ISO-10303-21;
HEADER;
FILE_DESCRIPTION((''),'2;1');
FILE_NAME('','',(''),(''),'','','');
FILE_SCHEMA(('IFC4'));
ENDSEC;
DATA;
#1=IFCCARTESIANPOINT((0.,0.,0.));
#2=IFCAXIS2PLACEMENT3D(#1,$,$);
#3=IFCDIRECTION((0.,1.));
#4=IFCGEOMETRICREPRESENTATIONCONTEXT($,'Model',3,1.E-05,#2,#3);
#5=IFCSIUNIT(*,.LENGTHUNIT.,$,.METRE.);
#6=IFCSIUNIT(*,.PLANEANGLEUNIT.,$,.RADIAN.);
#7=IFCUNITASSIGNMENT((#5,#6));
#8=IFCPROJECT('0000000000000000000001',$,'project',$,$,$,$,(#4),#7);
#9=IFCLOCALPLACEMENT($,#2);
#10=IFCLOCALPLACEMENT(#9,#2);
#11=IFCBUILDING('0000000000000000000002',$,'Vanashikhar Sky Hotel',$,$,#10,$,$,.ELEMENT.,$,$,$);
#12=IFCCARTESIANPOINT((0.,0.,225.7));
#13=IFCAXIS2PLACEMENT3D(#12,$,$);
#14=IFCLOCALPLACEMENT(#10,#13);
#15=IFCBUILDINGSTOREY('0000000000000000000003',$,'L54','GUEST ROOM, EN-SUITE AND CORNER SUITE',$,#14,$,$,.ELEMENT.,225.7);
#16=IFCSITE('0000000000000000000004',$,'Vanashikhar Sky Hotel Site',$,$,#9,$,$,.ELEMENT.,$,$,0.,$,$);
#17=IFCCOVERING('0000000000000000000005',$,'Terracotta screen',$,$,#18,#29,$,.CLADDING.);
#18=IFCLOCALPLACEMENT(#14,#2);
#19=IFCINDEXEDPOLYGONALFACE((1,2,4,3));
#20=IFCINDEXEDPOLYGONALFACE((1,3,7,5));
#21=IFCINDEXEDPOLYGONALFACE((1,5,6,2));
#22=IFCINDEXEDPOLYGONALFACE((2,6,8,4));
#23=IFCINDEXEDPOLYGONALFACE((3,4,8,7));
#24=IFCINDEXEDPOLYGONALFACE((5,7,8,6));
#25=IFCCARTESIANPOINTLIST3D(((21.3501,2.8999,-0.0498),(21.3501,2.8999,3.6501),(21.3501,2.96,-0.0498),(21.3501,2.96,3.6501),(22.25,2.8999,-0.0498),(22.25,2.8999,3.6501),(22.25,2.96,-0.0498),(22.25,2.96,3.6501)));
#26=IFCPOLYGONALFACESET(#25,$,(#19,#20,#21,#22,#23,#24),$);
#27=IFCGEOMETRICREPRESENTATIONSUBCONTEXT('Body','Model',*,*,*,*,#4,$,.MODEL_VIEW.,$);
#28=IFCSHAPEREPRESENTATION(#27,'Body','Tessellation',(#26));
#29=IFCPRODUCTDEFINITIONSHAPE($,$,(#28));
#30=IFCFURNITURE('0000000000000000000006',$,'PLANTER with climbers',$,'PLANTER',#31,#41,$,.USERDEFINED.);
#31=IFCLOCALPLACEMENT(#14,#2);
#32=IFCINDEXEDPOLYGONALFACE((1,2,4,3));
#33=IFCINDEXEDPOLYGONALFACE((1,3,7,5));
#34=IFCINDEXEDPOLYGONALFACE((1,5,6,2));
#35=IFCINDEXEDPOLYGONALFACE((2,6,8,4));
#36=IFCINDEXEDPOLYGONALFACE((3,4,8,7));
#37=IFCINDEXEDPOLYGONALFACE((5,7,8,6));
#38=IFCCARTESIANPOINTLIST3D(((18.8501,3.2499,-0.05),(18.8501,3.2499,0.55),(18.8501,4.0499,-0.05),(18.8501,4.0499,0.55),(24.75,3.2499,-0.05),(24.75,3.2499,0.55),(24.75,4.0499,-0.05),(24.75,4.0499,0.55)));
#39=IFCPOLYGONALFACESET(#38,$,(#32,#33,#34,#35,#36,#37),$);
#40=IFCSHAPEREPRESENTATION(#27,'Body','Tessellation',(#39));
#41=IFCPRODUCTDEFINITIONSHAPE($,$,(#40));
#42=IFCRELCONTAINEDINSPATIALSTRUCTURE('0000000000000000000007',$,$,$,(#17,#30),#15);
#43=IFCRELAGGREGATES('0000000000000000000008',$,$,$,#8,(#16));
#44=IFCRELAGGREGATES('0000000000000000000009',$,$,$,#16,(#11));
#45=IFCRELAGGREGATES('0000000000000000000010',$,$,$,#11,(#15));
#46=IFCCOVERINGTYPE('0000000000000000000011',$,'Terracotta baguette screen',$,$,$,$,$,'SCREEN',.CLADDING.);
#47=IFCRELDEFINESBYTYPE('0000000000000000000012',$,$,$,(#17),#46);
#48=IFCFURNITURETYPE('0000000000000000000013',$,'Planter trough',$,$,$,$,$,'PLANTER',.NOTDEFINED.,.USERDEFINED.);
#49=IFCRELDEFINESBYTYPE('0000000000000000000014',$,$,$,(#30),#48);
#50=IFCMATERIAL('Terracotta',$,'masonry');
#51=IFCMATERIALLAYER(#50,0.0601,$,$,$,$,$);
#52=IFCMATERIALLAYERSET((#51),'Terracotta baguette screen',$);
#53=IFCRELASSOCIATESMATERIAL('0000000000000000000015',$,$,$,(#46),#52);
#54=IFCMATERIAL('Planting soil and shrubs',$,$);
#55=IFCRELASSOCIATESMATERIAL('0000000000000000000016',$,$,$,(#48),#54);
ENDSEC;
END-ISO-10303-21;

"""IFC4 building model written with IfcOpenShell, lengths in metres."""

from ifc_helpers import new_model, si_unit, direction, frame, origin, origin_2d, place, context, subcontext, project, spatial, rectangle, extrude, source, transform, mapped, material, layer, layer_set, type_object, element, save


model = new_model("IFC4")

# Units and contexts
model_context = context("Model", 3, precision=1e-05, world=origin(), true_north=direction((0.0, 1.0)))
body_context = subcontext(model_context, "Body", "Model", "MODEL_VIEW")
ifc_project = project(units=[si_unit("LENGTHUNIT", "METRE"), si_unit("PLANEANGLEUNIT", "RADIAN")], contexts=[model_context])

# Site, building, storey
site_placement = place(None, origin())
site = spatial("IfcSite", under=ifc_project, at=site_placement, Name="Vanashikhar Sky Hotel Site", CompositionType="ELEMENT", RefElevation=0.0)
building_placement = place(site_placement, origin())
building = spatial("IfcBuilding", under=site, at=building_placement, Name="Vanashikhar Sky Hotel", CompositionType="ELEMENT")
storey_placement = place(building_placement, frame((0.0, 0.0, 225.7)))
storey = spatial("IfcBuildingStorey", under=building, at=storey_placement, Name="L54", Description="GUEST ROOM, EN-SUITE AND CORNER SUITE", CompositionType="ELEMENT", Elevation=225.7)

# Covering
ifc_material_1 = material(Name="Terracotta", Category="masonry")
ifc_layer_1 = layer(ifc_material_1, 0.0601)
ifc_layer_set_1 = layer_set([ifc_layer_1], Name="Terracotta baguette screen")
covering_type = type_object("IfcCoveringType", Name="Terracotta baguette screen", ElementType="SCREEN", PredefinedType="CLADDING", material=ifc_layer_set_1)
shared_shape_1 = source(origin(), body_context, "Body", "SweptSolid", [
    extrude(rectangle(XDim=0.8999, YDim=0.0601, at=origin_2d()), origin(), (0.0, 0.0, 1.0), 3.7),
])
for number, where, z_axis, x_axis, name in (
    (1, (21.8, 2.9299, -0.0498), (0.0, 0.0, 1.0), (1.0, 0.0, 0.0), "Terracotta screen"),
):
    element("IfcCovering", number, at=place(storey_placement, frame(where, z_axis=z_axis, x_axis=x_axis)), inside=storey, type_object=covering_type, Name=name, PredefinedType="CLADDING", context=body_context, shape_type="MappedRepresentation", body=[
        mapped(shared_shape_1, transform((0.0, 0.0, 0.0), scale=1.0)),
    ])

# Furniture
ifc_material_2 = material(Name="Planting soil and shrubs")
furniture_type = type_object("IfcFurnitureType", Name="Planter trough", ElementType="PLANTER", AssemblyPlace="NOTDEFINED", PredefinedType="USERDEFINED", material=ifc_material_2)
shared_shape_2 = source(origin(), body_context, "Body", "SweptSolid", [
    extrude(rectangle(XDim=5.8999, YDim=0.8, at=origin_2d()), origin(), (0.0, 0.0, 1.0), 0.6001),
])
furniture_placement = place(storey_placement, frame((21.8, 3.6499, -0.05), z_axis=(0.0, 0.0, 1.0), x_axis=(1.0, 0.0, 0.0)))
element("IfcFurniture", 2, at=furniture_placement, inside=storey, type_object=furniture_type, Name="PLANTER with climbers", ObjectType="PLANTER", PredefinedType="USERDEFINED", context=body_context, shape_type="MappedRepresentation", body=[
    mapped(shared_shape_2, transform((0.0, 0.0, 0.0), scale=1.0)),
])

save(model, "model.ifc")
